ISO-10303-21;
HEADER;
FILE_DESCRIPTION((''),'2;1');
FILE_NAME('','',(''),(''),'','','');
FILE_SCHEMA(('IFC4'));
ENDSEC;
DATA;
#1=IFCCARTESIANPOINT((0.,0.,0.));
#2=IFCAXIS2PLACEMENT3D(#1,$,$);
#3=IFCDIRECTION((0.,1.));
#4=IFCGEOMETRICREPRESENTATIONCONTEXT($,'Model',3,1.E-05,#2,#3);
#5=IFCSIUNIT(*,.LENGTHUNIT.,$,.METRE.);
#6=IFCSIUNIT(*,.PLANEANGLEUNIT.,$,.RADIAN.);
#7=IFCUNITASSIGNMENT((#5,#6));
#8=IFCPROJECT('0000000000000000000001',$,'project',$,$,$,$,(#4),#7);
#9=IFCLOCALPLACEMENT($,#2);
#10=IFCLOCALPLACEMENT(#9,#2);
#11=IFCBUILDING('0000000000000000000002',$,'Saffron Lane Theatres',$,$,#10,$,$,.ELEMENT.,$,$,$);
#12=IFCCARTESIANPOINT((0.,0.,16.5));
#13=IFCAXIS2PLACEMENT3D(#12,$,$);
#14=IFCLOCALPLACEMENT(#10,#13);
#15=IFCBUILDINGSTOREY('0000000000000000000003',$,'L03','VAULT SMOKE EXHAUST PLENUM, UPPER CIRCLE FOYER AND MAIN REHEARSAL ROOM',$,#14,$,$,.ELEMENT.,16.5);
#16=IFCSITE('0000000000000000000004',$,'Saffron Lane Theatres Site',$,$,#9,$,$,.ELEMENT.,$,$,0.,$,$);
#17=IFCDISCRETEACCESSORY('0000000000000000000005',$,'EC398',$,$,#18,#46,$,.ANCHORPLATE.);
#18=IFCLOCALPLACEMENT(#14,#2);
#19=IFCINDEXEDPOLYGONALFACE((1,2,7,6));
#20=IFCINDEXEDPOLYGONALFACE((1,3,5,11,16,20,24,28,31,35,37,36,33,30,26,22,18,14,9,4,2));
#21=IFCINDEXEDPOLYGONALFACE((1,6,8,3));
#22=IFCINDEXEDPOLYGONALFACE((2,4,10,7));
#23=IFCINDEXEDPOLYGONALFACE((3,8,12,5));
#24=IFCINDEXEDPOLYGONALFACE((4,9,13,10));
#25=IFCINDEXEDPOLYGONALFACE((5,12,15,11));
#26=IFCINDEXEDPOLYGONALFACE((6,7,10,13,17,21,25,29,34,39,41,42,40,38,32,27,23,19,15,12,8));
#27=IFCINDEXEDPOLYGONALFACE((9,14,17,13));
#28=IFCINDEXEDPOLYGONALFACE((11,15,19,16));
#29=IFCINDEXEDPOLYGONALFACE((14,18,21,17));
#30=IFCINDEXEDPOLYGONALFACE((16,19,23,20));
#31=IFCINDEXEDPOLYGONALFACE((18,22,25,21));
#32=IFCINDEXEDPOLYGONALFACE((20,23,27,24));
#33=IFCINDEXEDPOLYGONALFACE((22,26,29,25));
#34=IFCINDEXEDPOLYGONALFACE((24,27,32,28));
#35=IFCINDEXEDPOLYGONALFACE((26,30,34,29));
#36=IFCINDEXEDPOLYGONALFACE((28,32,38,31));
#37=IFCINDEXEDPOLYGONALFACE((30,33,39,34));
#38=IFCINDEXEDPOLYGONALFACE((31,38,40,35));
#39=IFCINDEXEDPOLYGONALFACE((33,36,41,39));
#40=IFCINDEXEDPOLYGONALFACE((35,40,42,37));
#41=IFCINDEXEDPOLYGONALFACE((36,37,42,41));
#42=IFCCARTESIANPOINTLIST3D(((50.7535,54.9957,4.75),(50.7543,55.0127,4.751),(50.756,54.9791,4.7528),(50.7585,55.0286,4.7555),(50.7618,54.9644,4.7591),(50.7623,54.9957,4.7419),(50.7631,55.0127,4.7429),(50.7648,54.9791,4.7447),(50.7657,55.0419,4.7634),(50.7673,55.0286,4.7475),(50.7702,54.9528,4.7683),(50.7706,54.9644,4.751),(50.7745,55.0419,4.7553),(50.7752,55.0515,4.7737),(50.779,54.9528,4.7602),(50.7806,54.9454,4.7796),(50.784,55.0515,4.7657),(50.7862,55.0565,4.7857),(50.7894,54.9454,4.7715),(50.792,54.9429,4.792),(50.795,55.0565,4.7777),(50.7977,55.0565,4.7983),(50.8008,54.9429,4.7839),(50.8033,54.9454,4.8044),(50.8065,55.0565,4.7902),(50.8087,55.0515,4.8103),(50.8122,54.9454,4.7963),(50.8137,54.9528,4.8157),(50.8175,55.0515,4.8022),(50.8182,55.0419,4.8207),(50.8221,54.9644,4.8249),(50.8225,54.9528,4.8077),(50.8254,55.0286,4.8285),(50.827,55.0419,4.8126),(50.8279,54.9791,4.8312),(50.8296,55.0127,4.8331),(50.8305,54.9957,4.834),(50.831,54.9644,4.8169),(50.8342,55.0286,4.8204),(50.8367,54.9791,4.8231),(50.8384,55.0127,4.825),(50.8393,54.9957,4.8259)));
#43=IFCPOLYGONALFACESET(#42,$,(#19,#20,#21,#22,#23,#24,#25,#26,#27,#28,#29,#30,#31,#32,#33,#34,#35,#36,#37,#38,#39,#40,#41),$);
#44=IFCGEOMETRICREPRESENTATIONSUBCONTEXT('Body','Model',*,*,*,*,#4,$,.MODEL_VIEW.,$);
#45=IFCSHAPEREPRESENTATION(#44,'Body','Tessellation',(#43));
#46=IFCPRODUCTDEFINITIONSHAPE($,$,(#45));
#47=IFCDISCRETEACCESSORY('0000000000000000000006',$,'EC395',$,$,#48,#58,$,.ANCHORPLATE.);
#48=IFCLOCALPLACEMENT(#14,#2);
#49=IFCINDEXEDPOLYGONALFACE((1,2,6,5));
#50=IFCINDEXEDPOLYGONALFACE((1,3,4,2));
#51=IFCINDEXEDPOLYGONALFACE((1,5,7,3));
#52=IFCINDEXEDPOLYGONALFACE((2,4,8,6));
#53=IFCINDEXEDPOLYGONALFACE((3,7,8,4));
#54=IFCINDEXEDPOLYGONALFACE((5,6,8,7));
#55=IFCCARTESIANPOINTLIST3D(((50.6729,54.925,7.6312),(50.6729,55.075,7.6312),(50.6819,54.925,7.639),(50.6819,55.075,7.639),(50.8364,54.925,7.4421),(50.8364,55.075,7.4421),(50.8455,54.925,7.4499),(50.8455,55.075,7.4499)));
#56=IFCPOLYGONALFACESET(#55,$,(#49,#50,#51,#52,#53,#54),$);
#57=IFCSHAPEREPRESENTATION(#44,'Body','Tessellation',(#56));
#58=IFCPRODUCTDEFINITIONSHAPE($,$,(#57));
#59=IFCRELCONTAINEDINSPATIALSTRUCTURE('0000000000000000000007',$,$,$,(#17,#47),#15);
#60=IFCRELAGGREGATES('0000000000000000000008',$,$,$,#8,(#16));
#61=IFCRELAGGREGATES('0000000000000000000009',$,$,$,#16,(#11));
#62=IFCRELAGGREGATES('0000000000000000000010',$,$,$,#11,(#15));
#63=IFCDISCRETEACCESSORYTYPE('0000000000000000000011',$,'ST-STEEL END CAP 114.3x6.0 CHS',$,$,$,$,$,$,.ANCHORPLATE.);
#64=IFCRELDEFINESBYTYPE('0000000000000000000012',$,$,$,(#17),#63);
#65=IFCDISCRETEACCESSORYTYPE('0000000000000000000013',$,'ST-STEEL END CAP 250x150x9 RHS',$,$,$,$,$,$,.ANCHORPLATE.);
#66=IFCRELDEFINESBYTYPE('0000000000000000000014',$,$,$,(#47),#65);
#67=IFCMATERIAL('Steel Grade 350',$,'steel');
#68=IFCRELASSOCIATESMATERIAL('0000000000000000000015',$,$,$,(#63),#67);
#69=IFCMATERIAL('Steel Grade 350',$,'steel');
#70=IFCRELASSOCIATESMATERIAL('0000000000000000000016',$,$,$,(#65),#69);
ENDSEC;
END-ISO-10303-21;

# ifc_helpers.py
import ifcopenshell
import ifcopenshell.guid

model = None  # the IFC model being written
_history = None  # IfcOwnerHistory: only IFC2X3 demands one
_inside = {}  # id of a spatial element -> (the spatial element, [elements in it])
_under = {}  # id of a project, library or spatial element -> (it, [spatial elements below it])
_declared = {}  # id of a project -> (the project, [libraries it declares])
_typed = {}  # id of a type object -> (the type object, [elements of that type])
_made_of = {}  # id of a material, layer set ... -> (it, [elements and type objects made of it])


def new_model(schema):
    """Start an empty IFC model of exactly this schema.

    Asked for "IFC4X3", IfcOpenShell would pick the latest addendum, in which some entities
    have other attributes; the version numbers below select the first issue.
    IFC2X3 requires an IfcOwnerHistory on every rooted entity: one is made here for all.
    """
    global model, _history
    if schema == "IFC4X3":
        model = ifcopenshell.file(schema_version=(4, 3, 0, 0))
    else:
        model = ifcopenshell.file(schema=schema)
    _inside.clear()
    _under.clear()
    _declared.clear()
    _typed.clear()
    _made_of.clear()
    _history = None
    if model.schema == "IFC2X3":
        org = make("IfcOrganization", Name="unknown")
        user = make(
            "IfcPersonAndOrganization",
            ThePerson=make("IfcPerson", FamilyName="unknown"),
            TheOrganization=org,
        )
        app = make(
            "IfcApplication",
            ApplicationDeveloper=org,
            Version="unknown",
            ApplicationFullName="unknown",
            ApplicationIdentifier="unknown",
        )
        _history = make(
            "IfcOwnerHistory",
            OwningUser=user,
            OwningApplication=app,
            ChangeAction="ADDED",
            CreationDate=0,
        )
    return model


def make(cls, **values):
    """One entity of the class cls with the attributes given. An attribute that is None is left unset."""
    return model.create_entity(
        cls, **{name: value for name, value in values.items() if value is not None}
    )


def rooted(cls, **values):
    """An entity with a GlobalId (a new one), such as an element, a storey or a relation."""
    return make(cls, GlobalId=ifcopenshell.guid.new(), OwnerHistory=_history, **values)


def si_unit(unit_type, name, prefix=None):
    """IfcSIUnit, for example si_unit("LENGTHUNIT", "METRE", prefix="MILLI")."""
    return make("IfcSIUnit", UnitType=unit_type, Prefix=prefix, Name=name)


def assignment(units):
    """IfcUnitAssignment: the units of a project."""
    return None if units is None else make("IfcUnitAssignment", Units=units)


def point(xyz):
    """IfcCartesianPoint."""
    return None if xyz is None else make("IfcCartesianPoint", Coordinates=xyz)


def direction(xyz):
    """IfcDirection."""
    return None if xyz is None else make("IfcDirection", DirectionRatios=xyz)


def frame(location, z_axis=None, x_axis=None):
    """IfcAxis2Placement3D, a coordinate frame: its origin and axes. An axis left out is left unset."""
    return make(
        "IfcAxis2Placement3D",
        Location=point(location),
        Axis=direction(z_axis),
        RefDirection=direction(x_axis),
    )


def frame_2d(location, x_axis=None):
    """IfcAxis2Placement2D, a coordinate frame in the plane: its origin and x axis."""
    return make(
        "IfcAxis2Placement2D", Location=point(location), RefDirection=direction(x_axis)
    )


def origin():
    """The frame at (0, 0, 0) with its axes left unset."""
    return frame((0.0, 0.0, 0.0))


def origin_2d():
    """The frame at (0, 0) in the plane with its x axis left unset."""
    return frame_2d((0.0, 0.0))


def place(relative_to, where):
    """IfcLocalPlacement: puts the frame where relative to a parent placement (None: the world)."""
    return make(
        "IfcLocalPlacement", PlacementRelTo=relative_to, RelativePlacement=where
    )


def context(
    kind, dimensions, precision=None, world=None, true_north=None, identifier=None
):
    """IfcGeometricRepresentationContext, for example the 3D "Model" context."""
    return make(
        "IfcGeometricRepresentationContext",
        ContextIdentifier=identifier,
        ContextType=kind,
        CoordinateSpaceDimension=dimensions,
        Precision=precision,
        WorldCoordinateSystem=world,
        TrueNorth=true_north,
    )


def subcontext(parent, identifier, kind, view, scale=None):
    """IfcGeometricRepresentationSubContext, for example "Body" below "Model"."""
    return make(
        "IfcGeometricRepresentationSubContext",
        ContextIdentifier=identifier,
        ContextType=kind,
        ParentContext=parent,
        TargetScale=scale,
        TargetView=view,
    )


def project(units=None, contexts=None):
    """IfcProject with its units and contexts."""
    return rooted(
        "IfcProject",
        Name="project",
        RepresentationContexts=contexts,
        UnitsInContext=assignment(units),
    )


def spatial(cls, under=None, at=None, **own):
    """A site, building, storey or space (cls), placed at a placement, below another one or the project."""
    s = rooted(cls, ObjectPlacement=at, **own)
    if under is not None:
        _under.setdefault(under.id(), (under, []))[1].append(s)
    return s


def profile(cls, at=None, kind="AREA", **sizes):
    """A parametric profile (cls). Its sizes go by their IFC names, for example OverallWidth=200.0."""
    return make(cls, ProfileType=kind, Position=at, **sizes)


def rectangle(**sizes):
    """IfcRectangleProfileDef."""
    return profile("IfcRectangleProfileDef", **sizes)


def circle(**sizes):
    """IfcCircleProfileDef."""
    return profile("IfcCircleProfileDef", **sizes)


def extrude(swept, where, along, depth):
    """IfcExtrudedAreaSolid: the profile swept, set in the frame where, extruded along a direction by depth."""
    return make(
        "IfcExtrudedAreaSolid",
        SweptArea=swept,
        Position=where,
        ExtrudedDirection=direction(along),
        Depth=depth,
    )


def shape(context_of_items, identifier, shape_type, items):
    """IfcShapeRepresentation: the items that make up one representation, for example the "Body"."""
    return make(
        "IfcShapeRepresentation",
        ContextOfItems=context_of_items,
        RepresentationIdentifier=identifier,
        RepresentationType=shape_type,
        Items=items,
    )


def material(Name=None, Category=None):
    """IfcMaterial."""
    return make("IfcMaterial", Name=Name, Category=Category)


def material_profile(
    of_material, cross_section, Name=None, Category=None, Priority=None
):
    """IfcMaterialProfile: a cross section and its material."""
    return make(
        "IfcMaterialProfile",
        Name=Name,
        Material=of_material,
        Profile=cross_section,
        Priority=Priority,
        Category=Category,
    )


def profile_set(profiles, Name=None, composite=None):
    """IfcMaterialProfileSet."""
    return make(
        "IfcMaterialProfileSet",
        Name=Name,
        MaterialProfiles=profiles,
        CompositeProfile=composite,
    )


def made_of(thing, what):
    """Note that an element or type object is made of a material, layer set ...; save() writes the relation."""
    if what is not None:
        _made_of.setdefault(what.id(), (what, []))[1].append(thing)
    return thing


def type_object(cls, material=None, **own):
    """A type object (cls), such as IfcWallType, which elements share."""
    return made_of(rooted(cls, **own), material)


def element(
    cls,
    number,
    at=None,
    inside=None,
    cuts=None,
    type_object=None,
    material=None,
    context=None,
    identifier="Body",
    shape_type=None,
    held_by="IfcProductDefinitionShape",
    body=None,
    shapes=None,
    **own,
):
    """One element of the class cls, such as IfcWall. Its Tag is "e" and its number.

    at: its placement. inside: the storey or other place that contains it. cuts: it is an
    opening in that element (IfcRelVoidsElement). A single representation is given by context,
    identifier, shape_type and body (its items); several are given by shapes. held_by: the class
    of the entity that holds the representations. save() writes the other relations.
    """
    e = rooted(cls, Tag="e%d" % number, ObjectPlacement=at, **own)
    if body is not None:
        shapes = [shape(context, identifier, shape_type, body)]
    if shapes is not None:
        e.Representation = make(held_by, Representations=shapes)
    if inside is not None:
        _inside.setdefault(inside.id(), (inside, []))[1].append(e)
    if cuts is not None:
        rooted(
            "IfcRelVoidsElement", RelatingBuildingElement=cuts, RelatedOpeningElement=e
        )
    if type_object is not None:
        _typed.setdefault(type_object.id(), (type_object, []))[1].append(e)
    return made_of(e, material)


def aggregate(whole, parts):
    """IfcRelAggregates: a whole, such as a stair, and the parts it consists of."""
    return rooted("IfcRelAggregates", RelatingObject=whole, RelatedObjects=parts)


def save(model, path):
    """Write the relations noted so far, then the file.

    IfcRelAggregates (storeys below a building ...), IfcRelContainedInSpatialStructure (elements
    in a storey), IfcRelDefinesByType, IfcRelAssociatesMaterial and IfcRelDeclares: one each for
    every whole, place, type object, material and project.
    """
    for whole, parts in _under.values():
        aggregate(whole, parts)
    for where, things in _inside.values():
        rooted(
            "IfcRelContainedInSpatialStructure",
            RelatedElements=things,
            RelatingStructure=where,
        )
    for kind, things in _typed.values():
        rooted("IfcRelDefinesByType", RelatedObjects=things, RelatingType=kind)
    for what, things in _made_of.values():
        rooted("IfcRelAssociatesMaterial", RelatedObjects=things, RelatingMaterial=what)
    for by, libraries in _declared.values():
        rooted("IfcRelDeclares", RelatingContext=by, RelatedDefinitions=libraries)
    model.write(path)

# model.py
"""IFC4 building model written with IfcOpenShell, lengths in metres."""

from ifc_helpers import new_model, si_unit, direction, frame, origin, origin_2d, place, context, subcontext, project, spatial, rectangle, circle, extrude, material, material_profile, profile_set, type_object, element, save


model = new_model("IFC4")

# Units and contexts
model_context = context("Model", 3, precision=1e-05, world=origin(), true_north=direction((0.0, 1.0)))
body_context = subcontext(model_context, "Body", "Model", "MODEL_VIEW")
ifc_project = project(units=[si_unit("LENGTHUNIT", "METRE"), si_unit("PLANEANGLEUNIT", "RADIAN")], contexts=[model_context])

# Site, building, storey
site_placement = place(None, origin())
site = spatial("IfcSite", under=ifc_project, at=site_placement, Name="Saffron Lane Theatres Site", CompositionType="ELEMENT", RefElevation=0.0)
building_placement = place(site_placement, origin())
building = spatial("IfcBuilding", under=site, at=building_placement, Name="Saffron Lane Theatres", CompositionType="ELEMENT")
storey_placement = place(building_placement, frame((0.0, 0.0, 16.5)))
storey = spatial("IfcBuildingStorey", under=building, at=storey_placement, Name="L03", Description="VAULT SMOKE EXHAUST PLENUM, UPPER CIRCLE FOYER AND MAIN REHEARSAL ROOM", CompositionType="ELEMENT", Elevation=16.5)

# Discrete accessories
ifc_material_1 = material(Name="Steel Grade 350", Category="steel")
ifc_material_profile_1 = material_profile(ifc_material_1, circle(Radius=0.0571, at=origin_2d()))
ifc_profile_set_1 = profile_set([ifc_material_profile_1], Name="Steel Grade 350")
discrete_accessory_type_1 = type_object("IfcDiscreteAccessoryType", Name="ST-STEEL END CAP 114.3x6.0 CHS", PredefinedType="ANCHORPLATE", material=ifc_profile_set_1)
discrete_accessory_1_placement = place(storey_placement, frame((50.8008, 55.0, 4.7839), z_axis=(-0.737154, 0.0, 0.675725), x_axis=(0.0, -1.0, 0.0)))
element("IfcDiscreteAccessory", 1, at=discrete_accessory_1_placement, inside=storey, type_object=discrete_accessory_type_1, Name="EC398", PredefinedType="ANCHORPLATE", context=body_context, shape_type="SweptSolid", body=[
    extrude(circle(Radius=0.0571, at=origin_2d()), origin(), (0.0, 0.0, 1.0), 0.012),
])
ifc_material_2 = material(Name="Steel Grade 350", Category="steel")
ifc_material_profile_2 = material_profile(ifc_material_2, rectangle(XDim=0.1499, YDim=0.25, at=origin_2d()))
ifc_profile_set_2 = profile_set([ifc_material_profile_2], Name="Steel Grade 350")
discrete_accessory_type_2 = type_object("IfcDiscreteAccessoryType", Name="ST-STEEL END CAP 250x150x9 RHS", PredefinedType="ANCHORPLATE", material=ifc_profile_set_2)
discrete_accessory_2_placement = place(storey_placement, frame((50.7546, 55.0, 7.5366), z_axis=(0.756363, 0.0, 0.654152), x_axis=(0.0, 1.0, 0.0)))
element("IfcDiscreteAccessory", 2, at=discrete_accessory_2_placement, inside=storey, type_object=discrete_accessory_type_2, Name="EC395", PredefinedType="ANCHORPLATE", context=body_context, shape_type="SweptSolid", body=[
    extrude(rectangle(XDim=0.1499, YDim=0.25, at=origin_2d()), origin(), (0.0, 0.0, 1.0), 0.012),
])

save(model, "model.ifc")
